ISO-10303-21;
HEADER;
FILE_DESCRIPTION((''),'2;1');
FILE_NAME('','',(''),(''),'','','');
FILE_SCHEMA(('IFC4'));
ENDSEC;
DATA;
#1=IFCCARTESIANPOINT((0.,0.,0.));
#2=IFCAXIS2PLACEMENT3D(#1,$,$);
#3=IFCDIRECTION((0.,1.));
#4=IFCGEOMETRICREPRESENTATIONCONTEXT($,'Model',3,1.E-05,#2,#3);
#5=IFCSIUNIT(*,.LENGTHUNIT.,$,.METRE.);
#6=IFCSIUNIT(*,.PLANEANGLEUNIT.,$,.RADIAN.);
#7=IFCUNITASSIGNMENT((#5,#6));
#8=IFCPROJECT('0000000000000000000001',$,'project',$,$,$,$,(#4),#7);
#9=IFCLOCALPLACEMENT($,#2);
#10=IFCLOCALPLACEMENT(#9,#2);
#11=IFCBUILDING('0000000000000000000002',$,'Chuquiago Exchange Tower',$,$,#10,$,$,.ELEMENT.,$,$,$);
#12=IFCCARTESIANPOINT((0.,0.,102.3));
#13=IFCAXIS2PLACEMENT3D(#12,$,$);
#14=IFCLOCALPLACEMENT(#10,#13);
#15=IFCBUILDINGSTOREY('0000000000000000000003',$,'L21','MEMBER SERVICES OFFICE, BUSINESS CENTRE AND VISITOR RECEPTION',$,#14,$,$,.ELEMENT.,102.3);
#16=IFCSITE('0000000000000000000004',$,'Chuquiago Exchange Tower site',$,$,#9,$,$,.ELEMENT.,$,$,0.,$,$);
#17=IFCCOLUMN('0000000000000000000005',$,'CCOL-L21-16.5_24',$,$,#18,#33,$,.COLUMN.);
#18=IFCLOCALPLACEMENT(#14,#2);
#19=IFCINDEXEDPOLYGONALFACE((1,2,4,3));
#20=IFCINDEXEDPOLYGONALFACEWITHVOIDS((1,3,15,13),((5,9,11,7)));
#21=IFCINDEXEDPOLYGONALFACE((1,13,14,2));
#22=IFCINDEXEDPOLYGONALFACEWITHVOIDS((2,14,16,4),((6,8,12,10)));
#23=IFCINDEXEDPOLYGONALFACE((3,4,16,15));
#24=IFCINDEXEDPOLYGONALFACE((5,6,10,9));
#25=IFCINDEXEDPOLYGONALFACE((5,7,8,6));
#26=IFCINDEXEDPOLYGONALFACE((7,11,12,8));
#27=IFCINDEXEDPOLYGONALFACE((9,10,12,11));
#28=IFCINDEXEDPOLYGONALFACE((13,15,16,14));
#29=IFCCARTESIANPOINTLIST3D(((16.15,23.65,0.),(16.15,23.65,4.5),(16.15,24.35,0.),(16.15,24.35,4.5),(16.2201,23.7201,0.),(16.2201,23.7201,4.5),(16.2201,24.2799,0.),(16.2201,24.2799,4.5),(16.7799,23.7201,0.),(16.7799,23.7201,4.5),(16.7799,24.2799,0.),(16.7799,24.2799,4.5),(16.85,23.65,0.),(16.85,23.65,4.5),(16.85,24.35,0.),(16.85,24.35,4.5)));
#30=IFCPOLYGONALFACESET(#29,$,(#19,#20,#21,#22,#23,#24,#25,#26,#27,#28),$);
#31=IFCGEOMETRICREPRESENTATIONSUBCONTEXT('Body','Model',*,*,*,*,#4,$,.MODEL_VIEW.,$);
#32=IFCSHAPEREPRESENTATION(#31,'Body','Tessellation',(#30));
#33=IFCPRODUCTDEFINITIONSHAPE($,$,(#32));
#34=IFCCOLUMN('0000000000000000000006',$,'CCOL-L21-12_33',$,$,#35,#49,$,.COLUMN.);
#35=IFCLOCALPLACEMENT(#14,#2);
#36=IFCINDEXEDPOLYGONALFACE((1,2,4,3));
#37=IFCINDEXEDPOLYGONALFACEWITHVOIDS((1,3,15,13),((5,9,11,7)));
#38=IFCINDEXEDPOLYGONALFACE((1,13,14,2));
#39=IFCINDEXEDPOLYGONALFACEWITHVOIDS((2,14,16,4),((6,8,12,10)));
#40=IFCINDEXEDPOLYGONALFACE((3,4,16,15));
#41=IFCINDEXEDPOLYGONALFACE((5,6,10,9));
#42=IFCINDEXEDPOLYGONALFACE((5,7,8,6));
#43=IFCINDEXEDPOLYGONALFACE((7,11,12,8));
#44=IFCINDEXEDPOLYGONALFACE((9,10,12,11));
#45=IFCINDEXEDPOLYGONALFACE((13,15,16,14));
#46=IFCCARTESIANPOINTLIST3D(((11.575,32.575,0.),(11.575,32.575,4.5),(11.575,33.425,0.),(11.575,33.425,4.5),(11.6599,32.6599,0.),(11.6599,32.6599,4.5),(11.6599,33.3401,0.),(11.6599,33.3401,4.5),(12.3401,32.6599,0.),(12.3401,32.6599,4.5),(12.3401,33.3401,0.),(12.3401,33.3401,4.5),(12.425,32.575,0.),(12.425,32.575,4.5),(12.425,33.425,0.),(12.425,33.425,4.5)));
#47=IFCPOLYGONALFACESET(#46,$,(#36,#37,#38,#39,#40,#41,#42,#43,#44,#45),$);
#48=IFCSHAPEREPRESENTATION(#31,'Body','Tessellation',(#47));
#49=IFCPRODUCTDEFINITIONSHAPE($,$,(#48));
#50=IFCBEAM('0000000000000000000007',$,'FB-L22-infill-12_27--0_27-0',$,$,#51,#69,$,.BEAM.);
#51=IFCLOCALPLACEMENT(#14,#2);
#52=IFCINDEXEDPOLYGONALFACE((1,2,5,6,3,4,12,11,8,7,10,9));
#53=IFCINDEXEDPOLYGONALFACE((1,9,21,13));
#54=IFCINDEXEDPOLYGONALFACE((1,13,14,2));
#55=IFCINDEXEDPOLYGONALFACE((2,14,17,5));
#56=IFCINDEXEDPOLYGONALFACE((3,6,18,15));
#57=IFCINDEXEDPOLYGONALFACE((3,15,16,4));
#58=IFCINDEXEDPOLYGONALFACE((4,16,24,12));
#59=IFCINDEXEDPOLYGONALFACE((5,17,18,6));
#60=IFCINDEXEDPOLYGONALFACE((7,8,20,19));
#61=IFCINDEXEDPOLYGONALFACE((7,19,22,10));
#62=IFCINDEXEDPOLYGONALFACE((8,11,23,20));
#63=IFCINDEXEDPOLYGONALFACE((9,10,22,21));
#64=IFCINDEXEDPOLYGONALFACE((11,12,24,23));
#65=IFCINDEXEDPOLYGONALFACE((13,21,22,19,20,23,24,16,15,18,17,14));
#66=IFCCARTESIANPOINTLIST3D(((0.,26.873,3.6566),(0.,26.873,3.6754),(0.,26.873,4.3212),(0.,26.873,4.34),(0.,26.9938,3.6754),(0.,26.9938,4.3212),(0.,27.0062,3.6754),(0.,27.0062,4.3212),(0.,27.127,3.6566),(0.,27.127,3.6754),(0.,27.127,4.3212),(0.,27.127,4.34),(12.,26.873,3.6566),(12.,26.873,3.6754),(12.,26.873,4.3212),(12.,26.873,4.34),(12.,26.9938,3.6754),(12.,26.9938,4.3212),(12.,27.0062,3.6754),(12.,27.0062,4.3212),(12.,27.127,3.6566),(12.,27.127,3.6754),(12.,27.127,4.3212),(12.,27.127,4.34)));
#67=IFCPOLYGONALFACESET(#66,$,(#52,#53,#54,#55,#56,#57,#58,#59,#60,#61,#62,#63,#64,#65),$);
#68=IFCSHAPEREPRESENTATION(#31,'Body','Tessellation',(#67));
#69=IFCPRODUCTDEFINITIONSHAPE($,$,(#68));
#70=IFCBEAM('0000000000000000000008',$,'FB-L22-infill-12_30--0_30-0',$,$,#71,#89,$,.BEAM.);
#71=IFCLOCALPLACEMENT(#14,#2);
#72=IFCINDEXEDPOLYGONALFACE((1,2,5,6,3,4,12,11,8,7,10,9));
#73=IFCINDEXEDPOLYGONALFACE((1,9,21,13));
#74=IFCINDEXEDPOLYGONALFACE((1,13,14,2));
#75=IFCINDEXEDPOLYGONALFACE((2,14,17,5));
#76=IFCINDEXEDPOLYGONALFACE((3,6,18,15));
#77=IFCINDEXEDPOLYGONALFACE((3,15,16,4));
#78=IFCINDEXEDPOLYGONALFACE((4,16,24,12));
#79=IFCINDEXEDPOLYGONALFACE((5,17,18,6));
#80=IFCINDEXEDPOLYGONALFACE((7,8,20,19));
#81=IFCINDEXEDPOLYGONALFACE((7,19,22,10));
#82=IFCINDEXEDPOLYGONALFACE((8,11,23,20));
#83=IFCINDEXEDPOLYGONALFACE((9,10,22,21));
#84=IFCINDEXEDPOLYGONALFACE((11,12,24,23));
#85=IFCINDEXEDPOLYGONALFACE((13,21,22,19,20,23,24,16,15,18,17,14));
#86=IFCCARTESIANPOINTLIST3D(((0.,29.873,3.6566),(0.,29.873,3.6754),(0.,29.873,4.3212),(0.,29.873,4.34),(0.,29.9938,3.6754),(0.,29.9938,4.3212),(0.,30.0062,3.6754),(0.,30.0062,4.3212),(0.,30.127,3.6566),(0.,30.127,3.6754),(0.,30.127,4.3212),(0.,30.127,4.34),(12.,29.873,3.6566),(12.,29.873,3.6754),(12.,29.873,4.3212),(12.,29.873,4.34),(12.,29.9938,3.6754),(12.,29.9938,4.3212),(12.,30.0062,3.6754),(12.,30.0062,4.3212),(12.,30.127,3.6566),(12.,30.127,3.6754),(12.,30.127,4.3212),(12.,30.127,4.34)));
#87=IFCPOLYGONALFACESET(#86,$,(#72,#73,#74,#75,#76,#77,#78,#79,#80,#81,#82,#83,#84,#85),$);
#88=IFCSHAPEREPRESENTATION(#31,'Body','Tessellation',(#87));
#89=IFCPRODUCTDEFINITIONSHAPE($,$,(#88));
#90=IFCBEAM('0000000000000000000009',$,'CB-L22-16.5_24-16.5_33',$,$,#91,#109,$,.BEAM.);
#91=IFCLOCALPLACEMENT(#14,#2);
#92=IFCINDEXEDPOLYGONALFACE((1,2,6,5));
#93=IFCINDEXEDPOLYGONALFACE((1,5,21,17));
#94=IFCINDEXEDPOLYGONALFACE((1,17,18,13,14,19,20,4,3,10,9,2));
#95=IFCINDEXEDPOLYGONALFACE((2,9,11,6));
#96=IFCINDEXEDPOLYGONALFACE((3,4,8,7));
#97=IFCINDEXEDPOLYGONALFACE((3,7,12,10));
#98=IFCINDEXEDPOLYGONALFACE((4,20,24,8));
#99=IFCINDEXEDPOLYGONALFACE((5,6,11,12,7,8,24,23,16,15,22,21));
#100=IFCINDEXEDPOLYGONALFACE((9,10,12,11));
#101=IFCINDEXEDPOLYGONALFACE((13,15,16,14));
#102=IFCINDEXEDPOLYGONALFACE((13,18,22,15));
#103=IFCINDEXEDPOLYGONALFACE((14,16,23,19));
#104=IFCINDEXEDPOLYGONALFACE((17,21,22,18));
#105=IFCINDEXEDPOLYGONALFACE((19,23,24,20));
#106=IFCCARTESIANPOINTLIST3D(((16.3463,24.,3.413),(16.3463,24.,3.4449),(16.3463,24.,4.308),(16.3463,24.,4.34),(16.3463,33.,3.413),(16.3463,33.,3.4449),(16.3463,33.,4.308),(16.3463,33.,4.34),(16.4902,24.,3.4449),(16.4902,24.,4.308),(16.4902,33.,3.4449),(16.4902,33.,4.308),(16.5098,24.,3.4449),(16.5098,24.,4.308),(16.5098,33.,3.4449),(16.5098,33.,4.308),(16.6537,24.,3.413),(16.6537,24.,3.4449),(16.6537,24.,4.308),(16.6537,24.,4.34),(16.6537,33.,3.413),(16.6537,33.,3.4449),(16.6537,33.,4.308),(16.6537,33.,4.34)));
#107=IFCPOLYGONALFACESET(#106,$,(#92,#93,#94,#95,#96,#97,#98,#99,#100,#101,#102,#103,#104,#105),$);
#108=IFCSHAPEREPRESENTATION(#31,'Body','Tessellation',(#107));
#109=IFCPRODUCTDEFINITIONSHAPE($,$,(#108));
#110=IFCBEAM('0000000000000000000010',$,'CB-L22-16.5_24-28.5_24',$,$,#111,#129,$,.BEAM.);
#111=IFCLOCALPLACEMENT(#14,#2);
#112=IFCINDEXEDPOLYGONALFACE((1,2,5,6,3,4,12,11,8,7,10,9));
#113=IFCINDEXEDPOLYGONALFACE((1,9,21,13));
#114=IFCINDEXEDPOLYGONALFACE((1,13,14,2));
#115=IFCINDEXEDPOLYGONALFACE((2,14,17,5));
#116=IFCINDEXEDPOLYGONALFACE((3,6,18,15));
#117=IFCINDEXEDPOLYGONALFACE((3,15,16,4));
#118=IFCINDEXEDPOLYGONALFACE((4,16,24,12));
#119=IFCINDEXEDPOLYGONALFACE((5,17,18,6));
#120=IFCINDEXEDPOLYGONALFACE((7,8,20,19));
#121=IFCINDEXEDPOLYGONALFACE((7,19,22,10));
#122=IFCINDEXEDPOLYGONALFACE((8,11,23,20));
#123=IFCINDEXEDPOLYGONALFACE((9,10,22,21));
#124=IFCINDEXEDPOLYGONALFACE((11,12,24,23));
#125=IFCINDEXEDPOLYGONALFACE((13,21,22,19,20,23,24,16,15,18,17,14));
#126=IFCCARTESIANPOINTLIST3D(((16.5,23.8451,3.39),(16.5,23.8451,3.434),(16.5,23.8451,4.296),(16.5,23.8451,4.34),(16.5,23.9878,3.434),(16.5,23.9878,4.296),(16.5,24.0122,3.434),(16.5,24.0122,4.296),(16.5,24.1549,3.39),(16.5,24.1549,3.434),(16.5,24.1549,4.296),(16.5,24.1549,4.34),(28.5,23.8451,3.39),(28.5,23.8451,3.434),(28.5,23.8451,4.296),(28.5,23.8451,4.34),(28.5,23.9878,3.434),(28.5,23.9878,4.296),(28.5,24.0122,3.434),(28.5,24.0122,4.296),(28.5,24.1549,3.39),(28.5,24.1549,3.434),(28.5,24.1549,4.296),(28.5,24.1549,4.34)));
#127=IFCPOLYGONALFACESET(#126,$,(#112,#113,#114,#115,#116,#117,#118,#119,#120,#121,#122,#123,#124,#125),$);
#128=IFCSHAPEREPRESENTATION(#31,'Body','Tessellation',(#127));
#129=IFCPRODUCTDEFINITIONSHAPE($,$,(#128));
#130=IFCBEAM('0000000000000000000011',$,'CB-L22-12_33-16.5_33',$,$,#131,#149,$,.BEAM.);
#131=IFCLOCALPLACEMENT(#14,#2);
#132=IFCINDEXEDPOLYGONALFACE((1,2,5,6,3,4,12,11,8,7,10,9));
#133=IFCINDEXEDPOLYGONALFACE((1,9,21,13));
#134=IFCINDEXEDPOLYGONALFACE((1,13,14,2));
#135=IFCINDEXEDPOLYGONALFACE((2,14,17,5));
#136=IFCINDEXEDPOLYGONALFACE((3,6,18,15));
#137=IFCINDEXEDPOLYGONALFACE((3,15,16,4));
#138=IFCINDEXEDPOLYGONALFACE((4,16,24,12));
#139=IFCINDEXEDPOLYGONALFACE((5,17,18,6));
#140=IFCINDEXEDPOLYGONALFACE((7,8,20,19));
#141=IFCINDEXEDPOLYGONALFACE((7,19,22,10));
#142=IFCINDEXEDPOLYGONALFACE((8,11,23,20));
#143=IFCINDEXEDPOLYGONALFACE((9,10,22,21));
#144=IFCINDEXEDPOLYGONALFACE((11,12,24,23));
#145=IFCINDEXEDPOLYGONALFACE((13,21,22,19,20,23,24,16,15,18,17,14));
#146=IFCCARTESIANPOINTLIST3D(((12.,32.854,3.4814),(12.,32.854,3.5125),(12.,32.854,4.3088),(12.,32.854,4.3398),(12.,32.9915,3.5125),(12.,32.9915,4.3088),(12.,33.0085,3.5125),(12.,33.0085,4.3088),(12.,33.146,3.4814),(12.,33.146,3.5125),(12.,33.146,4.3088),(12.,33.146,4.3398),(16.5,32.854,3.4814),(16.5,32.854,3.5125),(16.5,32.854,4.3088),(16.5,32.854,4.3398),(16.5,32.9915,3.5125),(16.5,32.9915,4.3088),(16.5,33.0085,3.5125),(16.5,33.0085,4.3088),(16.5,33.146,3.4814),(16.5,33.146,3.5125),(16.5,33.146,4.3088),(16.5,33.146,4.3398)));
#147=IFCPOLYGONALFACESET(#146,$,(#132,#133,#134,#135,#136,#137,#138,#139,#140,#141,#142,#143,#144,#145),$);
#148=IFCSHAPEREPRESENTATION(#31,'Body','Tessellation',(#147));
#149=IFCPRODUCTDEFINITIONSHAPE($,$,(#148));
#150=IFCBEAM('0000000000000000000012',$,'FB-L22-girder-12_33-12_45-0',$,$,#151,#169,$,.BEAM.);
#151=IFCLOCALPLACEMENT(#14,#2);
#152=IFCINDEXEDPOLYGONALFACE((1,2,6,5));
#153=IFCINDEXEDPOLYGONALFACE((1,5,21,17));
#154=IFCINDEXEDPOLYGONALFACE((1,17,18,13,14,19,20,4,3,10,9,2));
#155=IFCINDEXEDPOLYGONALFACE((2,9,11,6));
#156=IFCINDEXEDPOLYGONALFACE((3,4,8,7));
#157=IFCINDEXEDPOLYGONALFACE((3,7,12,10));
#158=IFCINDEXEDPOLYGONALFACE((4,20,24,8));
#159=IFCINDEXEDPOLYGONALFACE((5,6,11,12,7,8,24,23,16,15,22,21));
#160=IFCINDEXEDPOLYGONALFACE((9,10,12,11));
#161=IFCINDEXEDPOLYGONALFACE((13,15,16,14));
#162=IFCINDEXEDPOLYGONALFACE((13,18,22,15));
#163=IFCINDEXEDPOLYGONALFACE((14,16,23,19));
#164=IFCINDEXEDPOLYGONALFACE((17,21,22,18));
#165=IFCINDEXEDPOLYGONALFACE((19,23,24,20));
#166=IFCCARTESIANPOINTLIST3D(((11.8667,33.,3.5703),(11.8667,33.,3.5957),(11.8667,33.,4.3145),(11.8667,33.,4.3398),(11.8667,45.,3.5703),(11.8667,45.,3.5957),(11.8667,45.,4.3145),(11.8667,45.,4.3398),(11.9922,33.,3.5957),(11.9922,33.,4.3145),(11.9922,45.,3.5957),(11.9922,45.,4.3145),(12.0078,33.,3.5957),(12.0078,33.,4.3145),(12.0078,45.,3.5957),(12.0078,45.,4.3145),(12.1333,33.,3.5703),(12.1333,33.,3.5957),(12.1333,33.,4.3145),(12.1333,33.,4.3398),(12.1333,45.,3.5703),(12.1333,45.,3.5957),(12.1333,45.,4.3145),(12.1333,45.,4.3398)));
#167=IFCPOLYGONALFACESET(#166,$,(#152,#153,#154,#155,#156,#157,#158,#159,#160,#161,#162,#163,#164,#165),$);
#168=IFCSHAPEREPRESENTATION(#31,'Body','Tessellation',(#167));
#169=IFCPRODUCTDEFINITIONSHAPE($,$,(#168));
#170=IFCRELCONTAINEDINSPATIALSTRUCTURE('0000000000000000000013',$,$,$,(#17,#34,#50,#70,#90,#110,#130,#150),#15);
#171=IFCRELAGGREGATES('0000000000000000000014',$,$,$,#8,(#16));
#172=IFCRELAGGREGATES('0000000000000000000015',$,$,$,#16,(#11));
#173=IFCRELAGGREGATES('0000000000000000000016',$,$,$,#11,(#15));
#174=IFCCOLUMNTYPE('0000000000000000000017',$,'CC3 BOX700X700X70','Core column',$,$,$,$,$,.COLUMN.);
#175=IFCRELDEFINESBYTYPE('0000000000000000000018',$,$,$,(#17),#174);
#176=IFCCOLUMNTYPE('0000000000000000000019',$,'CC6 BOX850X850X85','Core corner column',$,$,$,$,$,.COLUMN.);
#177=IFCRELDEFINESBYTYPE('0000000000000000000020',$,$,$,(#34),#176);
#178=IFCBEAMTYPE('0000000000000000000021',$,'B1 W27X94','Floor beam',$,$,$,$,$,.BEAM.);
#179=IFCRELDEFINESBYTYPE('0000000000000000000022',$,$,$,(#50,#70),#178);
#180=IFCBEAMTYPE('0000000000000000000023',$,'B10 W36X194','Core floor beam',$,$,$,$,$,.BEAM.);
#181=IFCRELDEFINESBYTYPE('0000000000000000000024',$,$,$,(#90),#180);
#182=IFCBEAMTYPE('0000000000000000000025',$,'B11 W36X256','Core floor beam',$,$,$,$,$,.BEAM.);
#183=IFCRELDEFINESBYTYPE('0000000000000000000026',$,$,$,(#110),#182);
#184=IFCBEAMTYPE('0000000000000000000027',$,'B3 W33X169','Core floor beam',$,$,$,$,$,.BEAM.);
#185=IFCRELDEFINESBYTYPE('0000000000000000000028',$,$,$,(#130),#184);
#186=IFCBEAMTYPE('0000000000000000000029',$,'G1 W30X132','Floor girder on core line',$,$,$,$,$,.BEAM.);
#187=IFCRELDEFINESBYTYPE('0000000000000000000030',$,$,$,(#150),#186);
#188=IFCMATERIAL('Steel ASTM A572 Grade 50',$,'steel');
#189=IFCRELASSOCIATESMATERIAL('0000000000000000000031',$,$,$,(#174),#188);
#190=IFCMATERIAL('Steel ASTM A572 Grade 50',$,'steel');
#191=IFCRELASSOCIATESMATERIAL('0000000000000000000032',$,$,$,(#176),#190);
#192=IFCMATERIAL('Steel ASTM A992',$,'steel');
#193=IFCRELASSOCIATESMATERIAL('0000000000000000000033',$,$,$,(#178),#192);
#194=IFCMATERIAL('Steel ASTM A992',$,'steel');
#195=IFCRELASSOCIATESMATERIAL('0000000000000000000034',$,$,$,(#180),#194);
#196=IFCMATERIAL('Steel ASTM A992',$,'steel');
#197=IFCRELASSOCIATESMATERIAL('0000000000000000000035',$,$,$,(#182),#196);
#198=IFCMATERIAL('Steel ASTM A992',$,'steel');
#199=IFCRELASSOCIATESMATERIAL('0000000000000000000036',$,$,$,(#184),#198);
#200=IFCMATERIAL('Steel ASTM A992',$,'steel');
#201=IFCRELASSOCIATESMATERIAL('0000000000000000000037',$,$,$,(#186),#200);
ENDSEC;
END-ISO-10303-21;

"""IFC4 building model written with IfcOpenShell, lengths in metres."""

from ifc_helpers import new_model, si_unit, direction, frame, origin, origin_2d, place, context, subcontext, project, spatial, hollow_rectangle, i_section, extrude, material, material_profile, profile_set, type_object, element, save


model = new_model("IFC4")

# Units and contexts
model_context = context("Model", 3, precision=1e-05, world=origin(), true_north=direction((0.0, 1.0)))
body_context = subcontext(model_context, "Body", "Model", "MODEL_VIEW")
ifc_project = project(units=[si_unit("LENGTHUNIT", "METRE"), si_unit("PLANEANGLEUNIT", "RADIAN")], contexts=[model_context])

# Site, building, storey
site_placement = place(None, origin())
site = spatial("IfcSite", under=ifc_project, at=site_placement, Name="Chuquiago Exchange Tower site", CompositionType="ELEMENT", RefElevation=0.0)
building_placement = place(site_placement, origin())
building = spatial("IfcBuilding", under=site, at=building_placement, Name="Chuquiago Exchange Tower", CompositionType="ELEMENT")
storey_placement = place(building_placement, frame((0.0, 0.0, 102.3)))
storey = spatial("IfcBuildingStorey", under=building, at=storey_placement, Name="L21", Description="MEMBER SERVICES OFFICE, BUSINESS CENTRE AND VISITOR RECEPTION", CompositionType="ELEMENT", Elevation=102.3)

# Columns
ifc_material_1 = material(Name="Steel ASTM A572 Grade 50", Category="steel")
ifc_material_profile_1 = material_profile(ifc_material_1, hollow_rectangle(XDim=0.7, YDim=0.7, WallThickness=0.0701, at=origin_2d()), Name="BOX700X700X70")
ifc_profile_set_1 = profile_set([ifc_material_profile_1], Name="Steel ASTM A572 Grade 50")
column_type_1 = type_object("IfcColumnType", Name="CC3 BOX700X700X70", Description="Core column", PredefinedType="COLUMN", material=ifc_profile_set_1)
column_1_placement = place(storey_placement, frame((16.5, 24.0, 0.0), z_axis=(0.0, 0.0, 1.0), x_axis=(1.0, 0.0, 0.0)))
element("IfcColumn", 1, at=column_1_placement, inside=storey, type_object=column_type_1, Name="CCOL-L21-16.5_24", PredefinedType="COLUMN", context=body_context, shape_type="SweptSolid", body=[
    extrude(hollow_rectangle(XDim=0.7, YDim=0.7, WallThickness=0.0701, at=origin_2d()), origin(), (0.0, 0.0, 1.0), 4.5),
])
ifc_material_2 = material(Name="Steel ASTM A572 Grade 50", Category="steel")
ifc_material_profile_2 = material_profile(ifc_material_2, hollow_rectangle(XDim=0.8501, YDim=0.8501, WallThickness=0.085, at=origin_2d()), Name="BOX850X850X85")
ifc_profile_set_2 = profile_set([ifc_material_profile_2], Name="Steel ASTM A572 Grade 50")
column_type_2 = type_object("IfcColumnType", Name="CC6 BOX850X850X85", Description="Core corner column", PredefinedType="COLUMN", material=ifc_profile_set_2)
column_2_placement = place(storey_placement, frame((12.0, 33.0, 0.0), z_axis=(0.0, 0.0, 1.0), x_axis=(1.0, 0.0, 0.0)))
element("IfcColumn", 2, at=column_2_placement, inside=storey, type_object=column_type_2, Name="CCOL-L21-12_33", PredefinedType="COLUMN", context=body_context, shape_type="SweptSolid", body=[
    extrude(hollow_rectangle(XDim=0.8501, YDim=0.8501, WallThickness=0.085, at=origin_2d()), origin(), (0.0, 0.0, 1.0), 4.5),
])

# Beams
ifc_material_3 = material(Name="Steel ASTM A992", Category="steel")
ifc_material_profile_3 = material_profile(ifc_material_3, i_section(OverallWidth=0.2539, OverallDepth=0.6833, WebThickness=0.0125, FlangeThickness=0.0188, at=origin_2d()), Name="W27X94")
ifc_profile_set_3 = profile_set([ifc_material_profile_3], Name="Steel ASTM A992")
beam_type_1 = type_object("IfcBeamType", Name="B1 W27X94", Description="Floor beam", PredefinedType="BEAM", material=ifc_profile_set_3)
for number, where, z_axis, x_axis, name in (
    (3, (12.0, 27.0, 3.9983), (-1.0, 0.0, 0.0), (0.0, -1.0, 0.0), "FB-L22-infill-12_27--0_27-0"),
    (4, (12.0, 30.0, 3.9983), (-1.0, 0.0, 0.0), (0.0, -1.0, 0.0), "FB-L22-infill-12_30--0_30-0"),
):
    element("IfcBeam", number, at=place(storey_placement, frame(where, z_axis=z_axis, x_axis=x_axis)), inside=storey, type_object=beam_type_1, Name=name, PredefinedType="BEAM", context=body_context, shape_type="SweptSolid", body=[
        extrude(i_section(OverallWidth=0.2539, OverallDepth=0.6833, WebThickness=0.0125, FlangeThickness=0.0188, at=origin_2d()), origin(), (0.0, 0.0, 1.0), 12.0),
    ])
ifc_material_4 = material(Name="Steel ASTM A992", Category="steel")
ifc_material_profile_4 = material_profile(ifc_material_4, i_section(OverallWidth=0.3074, OverallDepth=0.927, WebThickness=0.0195, FlangeThickness=0.032, at=origin_2d()), Name="W36X194")
ifc_profile_set_4 = profile_set([ifc_material_profile_4], Name="Steel ASTM A992")
beam_type_2 = type_object("IfcBeamType", Name="B10 W36X194", Description="Core floor beam", PredefinedType="BEAM", material=ifc_profile_set_4)
beam_1_placement = place(storey_placement, frame((16.5, 24.0, 3.8765), z_axis=(0.0, 1.0, 0.0), x_axis=(-1.0, 0.0, 0.0)))
element("IfcBeam", 5, at=beam_1_placement, inside=storey, type_object=beam_type_2, Name="CB-L22-16.5_24-16.5_33", PredefinedType="BEAM", context=body_context, shape_type="SweptSolid", body=[
    extrude(i_section(OverallWidth=0.3074, OverallDepth=0.927, WebThickness=0.0195, FlangeThickness=0.032, at=origin_2d()), origin(), (0.0, 0.0, 1.0), 9.0),
])
ifc_material_5 = material(Name="Steel ASTM A992", Category="steel")
ifc_material_profile_5 = material_profile(ifc_material_5, i_section(OverallWidth=0.3098, OverallDepth=0.95, WebThickness=0.0244, FlangeThickness=0.0439, at=origin_2d()), Name="W36X256")
ifc_profile_set_5 = profile_set([ifc_material_profile_5], Name="Steel ASTM A992")
beam_type_3 = type_object("IfcBeamType", Name="B11 W36X256", Description="Core floor beam", PredefinedType="BEAM", material=ifc_profile_set_5)
beam_2_placement = place(storey_placement, frame((16.5, 24.0, 3.865), z_axis=(1.0, 0.0, 0.0), x_axis=(0.0, 1.0, 0.0)))
element("IfcBeam", 6, at=beam_2_placement, inside=storey, type_object=beam_type_3, Name="CB-L22-16.5_24-28.5_24", PredefinedType="BEAM", context=body_context, shape_type="SweptSolid", body=[
    extrude(i_section(OverallWidth=0.3098, OverallDepth=0.95, WebThickness=0.0244, FlangeThickness=0.0439, at=origin_2d()), origin(), (0.0, 0.0, 1.0), 12.0),
])
ifc_material_6 = material(Name="Steel ASTM A992", Category="steel")
ifc_material_profile_6 = material_profile(ifc_material_6, i_section(OverallWidth=0.292, OverallDepth=0.8584, WebThickness=0.0171, FlangeThickness=0.031, at=origin_2d()), Name="W33X169")
ifc_profile_set_6 = profile_set([ifc_material_profile_6], Name="Steel ASTM A992")
beam_type_4 = type_object("IfcBeamType", Name="B3 W33X169", Description="Core floor beam", PredefinedType="BEAM", material=ifc_profile_set_6)
beam_3_placement = place(storey_placement, frame((12.0, 33.0, 3.9106), z_axis=(1.0, 0.0, 0.0), x_axis=(0.0, 1.0, 0.0)))
element("IfcBeam", 7, at=beam_3_placement, inside=storey, type_object=beam_type_4, Name="CB-L22-12_33-16.5_33", PredefinedType="BEAM", context=body_context, shape_type="SweptSolid", body=[
    extrude(i_section(OverallWidth=0.292, OverallDepth=0.8584, WebThickness=0.0171, FlangeThickness=0.031, at=origin_2d()), origin(), (0.0, 0.0, 1.0), 4.5),
])
ifc_material_7 = material(Name="Steel ASTM A992", Category="steel")
ifc_material_profile_7 = material_profile(ifc_material_7, i_section(OverallWidth=0.2666, OverallDepth=0.7695, WebThickness=0.0156, FlangeThickness=0.0254, at=origin_2d()), Name="W30X132")
ifc_profile_set_7 = profile_set([ifc_material_profile_7], Name="Steel ASTM A992")
beam_type_5 = type_object("IfcBeamType", Name="G1 W30X132", Description="Floor girder on core line", PredefinedType="BEAM", material=ifc_profile_set_7)
for number, where, z_axis, x_axis, name in (
    (8, (12.0, 33.0, 3.9551), (0.0, 1.0, 0.0), (-1.0, 0.0, 0.0), "FB-L22-girder-12_33-12_45-0"),
):
    element("IfcBeam", number, at=place(storey_placement, frame(where, z_axis=z_axis, x_axis=x_axis)), inside=storey, type_object=beam_type_5, Name=name, PredefinedType="BEAM", context=body_context, shape_type="SweptSolid", body=[
        extrude(i_section(OverallWidth=0.2666, OverallDepth=0.7695, WebThickness=0.0156, FlangeThickness=0.0254, at=origin_2d()), origin(), (0.0, 0.0, 1.0), 12.0),
    ])

save(model, "model.ifc")
